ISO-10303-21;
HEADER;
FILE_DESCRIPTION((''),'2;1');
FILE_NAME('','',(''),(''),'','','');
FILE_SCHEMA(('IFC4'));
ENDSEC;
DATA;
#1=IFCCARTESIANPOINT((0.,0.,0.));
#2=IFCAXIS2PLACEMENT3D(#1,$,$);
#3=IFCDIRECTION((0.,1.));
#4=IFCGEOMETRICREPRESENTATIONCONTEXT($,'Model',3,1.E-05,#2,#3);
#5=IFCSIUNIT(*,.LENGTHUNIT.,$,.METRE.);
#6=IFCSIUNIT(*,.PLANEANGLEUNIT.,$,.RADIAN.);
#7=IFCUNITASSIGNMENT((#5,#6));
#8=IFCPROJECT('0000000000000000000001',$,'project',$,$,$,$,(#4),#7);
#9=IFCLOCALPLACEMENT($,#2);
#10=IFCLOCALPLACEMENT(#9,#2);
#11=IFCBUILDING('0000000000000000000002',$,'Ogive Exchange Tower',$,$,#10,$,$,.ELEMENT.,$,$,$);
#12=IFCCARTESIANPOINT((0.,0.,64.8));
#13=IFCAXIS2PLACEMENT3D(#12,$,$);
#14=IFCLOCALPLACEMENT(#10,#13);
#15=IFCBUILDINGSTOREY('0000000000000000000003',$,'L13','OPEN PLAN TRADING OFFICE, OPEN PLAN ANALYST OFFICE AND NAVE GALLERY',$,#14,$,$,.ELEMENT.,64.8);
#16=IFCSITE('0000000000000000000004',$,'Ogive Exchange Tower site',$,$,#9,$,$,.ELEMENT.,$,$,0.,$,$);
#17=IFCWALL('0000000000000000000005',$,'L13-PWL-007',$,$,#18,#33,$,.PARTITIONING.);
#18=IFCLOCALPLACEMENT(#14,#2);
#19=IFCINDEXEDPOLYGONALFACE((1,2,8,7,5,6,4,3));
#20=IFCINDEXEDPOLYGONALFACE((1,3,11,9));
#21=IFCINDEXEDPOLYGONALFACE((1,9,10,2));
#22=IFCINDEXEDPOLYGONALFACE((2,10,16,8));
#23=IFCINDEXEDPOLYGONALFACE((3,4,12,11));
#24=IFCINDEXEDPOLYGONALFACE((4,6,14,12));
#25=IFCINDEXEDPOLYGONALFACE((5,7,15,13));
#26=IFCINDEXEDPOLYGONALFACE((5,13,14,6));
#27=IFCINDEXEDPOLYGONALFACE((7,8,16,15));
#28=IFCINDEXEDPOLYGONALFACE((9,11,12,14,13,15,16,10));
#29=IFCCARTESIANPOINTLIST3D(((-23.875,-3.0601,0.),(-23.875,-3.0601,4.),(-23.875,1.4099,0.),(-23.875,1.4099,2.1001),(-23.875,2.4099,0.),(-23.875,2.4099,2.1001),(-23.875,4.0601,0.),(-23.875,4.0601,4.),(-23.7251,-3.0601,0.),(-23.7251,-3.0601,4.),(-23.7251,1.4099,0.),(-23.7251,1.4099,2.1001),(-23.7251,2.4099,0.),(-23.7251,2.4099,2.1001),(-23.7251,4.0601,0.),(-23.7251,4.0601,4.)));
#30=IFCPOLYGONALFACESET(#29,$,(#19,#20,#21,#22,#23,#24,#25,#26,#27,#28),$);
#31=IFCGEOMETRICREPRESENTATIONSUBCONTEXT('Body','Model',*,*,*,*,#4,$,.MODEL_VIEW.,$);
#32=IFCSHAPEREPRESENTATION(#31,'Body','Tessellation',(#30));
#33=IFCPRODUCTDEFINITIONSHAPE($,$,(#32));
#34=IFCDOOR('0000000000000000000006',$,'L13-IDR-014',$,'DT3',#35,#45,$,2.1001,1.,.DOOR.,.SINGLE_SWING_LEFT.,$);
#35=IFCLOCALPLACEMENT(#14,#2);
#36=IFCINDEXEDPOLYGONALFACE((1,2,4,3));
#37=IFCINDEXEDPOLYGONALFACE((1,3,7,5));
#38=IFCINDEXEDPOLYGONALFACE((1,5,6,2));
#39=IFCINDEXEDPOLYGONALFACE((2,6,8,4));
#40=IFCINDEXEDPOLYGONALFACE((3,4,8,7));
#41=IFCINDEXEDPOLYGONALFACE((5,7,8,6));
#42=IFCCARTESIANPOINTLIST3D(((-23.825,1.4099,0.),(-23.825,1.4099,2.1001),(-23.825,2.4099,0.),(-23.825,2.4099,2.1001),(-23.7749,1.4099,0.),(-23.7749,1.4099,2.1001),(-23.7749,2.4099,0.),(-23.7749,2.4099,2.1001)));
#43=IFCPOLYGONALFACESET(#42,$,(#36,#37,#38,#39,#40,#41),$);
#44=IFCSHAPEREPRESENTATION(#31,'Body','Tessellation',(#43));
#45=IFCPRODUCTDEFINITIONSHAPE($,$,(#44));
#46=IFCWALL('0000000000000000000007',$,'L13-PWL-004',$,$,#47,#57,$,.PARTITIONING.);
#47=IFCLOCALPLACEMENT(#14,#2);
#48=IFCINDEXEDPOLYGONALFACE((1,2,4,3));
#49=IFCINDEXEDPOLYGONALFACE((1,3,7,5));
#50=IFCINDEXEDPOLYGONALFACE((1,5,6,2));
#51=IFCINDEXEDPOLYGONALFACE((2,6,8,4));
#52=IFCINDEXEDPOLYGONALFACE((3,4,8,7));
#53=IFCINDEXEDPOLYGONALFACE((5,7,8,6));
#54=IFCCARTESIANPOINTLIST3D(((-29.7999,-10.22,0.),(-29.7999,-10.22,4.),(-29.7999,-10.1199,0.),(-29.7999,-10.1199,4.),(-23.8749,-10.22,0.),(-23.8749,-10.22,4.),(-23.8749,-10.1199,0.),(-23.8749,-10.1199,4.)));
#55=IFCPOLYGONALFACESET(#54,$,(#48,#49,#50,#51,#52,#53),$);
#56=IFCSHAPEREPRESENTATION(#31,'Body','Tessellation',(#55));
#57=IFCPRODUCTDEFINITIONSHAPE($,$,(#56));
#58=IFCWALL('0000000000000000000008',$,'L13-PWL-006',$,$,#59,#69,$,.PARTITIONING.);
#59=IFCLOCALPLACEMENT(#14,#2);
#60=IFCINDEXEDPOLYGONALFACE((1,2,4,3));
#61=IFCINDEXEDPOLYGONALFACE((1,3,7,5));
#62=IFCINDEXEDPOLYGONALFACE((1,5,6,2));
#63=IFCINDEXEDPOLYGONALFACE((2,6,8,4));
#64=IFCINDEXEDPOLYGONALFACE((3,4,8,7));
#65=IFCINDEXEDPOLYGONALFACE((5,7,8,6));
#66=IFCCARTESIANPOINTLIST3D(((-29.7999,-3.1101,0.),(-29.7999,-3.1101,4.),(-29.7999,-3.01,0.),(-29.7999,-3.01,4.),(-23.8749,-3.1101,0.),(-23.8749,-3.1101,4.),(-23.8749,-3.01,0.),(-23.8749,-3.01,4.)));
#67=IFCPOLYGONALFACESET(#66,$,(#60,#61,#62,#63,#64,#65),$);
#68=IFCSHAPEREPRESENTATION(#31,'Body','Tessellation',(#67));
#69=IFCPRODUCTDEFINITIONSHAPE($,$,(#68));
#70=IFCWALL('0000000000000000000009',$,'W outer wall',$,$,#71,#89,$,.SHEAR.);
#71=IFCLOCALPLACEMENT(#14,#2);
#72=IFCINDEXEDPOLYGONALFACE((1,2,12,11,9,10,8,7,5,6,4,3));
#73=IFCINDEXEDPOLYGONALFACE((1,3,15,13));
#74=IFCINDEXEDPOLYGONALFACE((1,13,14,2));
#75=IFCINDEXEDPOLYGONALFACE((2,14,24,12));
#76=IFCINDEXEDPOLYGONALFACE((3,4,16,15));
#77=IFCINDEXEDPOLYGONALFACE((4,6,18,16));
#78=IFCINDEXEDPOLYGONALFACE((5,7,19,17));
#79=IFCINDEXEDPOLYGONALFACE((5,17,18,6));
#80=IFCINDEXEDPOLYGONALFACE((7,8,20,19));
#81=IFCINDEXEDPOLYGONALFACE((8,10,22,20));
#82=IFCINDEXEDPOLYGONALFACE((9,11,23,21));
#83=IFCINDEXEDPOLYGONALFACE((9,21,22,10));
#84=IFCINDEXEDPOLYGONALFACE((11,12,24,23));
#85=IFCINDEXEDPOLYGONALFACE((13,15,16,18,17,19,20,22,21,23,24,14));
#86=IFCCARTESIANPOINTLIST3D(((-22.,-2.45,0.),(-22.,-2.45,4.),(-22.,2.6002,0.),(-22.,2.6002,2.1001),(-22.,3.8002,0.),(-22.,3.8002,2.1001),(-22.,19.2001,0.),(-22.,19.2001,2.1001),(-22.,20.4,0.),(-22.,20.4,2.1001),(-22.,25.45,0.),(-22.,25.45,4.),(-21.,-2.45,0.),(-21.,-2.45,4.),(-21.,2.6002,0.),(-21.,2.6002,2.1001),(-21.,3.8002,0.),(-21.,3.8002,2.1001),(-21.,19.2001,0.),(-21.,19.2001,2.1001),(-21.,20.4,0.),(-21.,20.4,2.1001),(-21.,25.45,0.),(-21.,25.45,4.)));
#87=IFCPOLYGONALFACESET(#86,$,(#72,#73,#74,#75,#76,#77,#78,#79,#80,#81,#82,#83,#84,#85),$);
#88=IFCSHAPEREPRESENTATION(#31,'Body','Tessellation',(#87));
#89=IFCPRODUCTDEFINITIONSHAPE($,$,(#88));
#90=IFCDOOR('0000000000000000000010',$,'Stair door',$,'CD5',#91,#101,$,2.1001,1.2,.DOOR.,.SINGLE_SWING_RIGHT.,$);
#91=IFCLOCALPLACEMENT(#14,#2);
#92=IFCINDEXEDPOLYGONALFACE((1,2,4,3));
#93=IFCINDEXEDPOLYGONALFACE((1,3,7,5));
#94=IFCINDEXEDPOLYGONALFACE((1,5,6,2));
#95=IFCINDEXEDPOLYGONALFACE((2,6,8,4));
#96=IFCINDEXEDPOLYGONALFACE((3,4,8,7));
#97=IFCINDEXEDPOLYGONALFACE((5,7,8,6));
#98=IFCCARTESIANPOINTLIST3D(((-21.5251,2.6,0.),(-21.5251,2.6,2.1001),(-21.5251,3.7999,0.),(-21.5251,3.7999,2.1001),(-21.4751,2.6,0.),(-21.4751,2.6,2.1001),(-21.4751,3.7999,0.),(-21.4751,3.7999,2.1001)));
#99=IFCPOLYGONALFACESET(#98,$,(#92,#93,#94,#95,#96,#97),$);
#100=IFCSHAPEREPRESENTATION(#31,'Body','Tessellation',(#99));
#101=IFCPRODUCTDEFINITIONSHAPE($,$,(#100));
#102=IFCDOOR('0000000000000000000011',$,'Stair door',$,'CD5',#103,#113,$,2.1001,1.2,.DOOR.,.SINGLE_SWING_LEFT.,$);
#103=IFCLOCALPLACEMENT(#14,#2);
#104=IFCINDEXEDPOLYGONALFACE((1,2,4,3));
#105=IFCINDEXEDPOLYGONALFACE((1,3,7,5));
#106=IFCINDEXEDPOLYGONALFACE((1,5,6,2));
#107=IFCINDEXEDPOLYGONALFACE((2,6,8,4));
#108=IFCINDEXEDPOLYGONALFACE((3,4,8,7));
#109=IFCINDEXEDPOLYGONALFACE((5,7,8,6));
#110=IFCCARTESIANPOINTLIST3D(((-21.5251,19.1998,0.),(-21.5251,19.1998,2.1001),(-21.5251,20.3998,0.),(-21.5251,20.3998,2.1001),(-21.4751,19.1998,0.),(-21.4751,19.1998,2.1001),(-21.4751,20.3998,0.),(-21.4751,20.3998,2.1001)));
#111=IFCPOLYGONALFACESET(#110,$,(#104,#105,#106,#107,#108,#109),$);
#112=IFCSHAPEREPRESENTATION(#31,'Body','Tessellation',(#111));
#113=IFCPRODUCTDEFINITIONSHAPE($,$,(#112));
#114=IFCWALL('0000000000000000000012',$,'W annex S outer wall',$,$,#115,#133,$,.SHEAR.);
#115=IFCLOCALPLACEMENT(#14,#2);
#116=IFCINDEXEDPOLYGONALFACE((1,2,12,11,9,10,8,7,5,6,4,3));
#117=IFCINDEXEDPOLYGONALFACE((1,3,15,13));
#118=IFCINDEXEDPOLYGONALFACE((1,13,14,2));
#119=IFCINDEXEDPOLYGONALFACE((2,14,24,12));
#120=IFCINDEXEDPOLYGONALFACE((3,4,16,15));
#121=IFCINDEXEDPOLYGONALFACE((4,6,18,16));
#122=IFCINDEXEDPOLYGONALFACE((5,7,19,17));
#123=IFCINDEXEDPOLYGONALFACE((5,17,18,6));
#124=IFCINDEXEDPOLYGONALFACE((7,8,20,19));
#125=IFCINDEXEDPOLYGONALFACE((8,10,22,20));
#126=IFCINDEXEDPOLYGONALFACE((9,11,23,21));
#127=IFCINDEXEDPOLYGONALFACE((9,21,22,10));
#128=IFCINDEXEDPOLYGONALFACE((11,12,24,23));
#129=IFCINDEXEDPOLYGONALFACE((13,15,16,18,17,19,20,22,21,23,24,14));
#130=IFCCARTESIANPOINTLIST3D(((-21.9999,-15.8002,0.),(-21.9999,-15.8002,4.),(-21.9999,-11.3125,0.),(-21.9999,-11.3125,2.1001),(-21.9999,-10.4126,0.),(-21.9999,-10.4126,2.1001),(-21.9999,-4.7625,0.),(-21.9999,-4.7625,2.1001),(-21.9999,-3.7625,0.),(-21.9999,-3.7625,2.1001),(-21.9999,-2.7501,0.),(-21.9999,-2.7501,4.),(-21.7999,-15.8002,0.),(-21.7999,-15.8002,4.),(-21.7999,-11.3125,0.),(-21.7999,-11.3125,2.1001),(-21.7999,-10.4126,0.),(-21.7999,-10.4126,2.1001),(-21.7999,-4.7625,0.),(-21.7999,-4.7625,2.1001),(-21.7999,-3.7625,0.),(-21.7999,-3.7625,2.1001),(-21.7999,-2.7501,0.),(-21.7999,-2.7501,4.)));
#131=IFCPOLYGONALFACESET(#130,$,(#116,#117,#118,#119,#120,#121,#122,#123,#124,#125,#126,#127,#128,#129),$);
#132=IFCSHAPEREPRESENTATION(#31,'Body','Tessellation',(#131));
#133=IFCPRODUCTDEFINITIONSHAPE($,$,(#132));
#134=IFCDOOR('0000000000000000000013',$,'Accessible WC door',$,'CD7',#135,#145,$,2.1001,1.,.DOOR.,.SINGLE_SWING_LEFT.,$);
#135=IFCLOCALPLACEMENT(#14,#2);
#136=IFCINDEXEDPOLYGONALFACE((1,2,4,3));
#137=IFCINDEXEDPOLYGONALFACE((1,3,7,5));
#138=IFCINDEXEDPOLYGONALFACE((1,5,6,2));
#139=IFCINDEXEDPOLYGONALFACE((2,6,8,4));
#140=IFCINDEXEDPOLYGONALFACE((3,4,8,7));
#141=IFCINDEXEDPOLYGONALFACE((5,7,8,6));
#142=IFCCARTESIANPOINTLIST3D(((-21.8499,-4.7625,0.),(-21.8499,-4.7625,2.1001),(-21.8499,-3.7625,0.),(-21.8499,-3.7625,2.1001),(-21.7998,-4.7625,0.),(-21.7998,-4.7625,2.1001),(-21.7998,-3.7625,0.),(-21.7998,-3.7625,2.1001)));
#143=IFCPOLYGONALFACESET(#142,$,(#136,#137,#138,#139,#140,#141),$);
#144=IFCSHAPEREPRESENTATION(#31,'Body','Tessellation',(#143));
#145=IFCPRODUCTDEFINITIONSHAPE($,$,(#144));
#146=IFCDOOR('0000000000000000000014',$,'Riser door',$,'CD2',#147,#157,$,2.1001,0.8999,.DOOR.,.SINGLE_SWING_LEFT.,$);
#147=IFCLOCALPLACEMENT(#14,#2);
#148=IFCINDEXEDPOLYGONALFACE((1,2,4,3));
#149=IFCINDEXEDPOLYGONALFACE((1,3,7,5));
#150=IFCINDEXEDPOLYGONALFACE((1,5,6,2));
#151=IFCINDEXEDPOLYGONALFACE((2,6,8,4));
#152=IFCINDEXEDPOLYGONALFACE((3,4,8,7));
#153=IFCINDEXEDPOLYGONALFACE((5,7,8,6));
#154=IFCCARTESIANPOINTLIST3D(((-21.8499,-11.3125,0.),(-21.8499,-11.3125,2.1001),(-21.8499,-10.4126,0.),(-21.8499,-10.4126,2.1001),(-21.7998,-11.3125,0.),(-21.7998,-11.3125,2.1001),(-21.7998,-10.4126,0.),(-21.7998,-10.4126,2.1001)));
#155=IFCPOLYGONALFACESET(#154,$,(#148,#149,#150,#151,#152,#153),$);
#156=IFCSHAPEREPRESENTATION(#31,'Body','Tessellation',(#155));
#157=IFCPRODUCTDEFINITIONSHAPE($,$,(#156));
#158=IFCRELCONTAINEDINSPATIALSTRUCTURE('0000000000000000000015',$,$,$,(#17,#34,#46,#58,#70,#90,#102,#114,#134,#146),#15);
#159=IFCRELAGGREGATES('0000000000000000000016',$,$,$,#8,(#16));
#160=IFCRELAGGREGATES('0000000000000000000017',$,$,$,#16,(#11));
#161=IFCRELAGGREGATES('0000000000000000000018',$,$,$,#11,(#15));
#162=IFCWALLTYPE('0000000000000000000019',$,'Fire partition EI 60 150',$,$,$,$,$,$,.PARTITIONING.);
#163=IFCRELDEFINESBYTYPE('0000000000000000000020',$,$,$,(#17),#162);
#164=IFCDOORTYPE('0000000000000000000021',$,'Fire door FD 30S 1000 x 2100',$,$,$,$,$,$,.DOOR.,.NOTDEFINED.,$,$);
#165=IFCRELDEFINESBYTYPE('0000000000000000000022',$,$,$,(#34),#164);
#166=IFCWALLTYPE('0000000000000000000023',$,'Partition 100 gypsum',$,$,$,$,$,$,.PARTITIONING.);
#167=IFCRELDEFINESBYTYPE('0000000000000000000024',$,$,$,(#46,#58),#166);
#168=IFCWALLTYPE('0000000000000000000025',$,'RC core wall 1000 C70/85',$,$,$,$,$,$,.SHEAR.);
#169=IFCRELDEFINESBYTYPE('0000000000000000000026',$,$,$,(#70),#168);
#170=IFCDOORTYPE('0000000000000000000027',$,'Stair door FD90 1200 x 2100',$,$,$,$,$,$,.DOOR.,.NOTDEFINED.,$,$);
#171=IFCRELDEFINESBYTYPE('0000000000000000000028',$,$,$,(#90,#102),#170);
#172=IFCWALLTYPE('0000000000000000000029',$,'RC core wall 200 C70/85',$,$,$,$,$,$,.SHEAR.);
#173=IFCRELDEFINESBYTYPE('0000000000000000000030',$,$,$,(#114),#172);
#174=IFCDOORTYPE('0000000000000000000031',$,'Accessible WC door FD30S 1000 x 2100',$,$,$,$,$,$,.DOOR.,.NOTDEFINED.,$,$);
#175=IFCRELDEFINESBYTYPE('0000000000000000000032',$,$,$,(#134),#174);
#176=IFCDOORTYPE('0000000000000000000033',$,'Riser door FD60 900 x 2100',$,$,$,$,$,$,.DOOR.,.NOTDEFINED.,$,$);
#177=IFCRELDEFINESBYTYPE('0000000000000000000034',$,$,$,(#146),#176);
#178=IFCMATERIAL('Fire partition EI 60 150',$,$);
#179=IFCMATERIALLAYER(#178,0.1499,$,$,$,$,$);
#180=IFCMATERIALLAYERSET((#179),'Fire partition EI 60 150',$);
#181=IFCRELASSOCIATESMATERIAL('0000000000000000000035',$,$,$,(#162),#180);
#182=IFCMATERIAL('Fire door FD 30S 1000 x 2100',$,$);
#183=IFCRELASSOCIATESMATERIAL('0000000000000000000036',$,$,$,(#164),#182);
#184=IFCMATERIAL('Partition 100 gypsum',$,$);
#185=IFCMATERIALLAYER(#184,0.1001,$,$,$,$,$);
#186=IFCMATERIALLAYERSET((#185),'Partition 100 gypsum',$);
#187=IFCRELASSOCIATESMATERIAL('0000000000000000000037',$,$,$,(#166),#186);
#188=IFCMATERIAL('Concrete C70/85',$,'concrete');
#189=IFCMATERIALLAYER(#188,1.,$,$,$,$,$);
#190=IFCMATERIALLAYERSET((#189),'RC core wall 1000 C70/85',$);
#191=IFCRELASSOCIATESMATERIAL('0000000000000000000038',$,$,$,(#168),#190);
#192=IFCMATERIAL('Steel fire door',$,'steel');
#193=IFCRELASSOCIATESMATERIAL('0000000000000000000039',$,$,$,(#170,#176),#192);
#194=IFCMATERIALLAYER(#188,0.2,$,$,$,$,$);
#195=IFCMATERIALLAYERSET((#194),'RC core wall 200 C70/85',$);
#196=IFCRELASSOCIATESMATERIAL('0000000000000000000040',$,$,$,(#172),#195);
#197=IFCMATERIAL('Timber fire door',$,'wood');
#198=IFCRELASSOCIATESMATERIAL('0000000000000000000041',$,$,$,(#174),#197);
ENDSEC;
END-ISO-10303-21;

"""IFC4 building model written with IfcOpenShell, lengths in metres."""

from ifc_helpers import new_model, si_unit, direction, frame, frame_2d, origin, place, context, subcontext, project, spatial, rectangle, extrude, material, layer, layer_set, type_object, element, fill, save


model = new_model("IFC4")

# Units and contexts
model_context = context("Model", 3, precision=1e-05, world=origin(), true_north=direction((0.0, 1.0)))
body_context = subcontext(model_context, "Body", "Model", "MODEL_VIEW")
ifc_project = project(units=[si_unit("LENGTHUNIT", "METRE"), si_unit("PLANEANGLEUNIT", "RADIAN")], contexts=[model_context])

# Site, building, storey
site_placement = place(None, origin())
site = spatial("IfcSite", under=ifc_project, at=site_placement, Name="Ogive Exchange Tower site", CompositionType="ELEMENT", RefElevation=0.0)
building_placement = place(site_placement, origin())
building = spatial("IfcBuilding", under=site, at=building_placement, Name="Ogive Exchange Tower", CompositionType="ELEMENT")
storey_placement = place(building_placement, frame((0.0, 0.0, 64.8)))
storey = spatial("IfcBuildingStorey", under=building, at=storey_placement, Name="L13", Description="OPEN PLAN TRADING OFFICE, OPEN PLAN ANALYST OFFICE AND NAVE GALLERY", CompositionType="ELEMENT", Elevation=64.8)

# Wall, opening, door
ifc_material_1 = material(Name="Fire partition EI 60 150")
ifc_layer_1 = layer(ifc_material_1, 0.1499)
ifc_layer_set_1 = layer_set([ifc_layer_1], Name="Fire partition EI 60 150")
wall_type_1 = type_object("IfcWallType", Name="Fire partition EI 60 150", PredefinedType="PARTITIONING", material=ifc_layer_set_1)
ifc_material_2 = material(Name="Fire door FD 30S 1000 x 2100")
door_type_1 = type_object("IfcDoorType", Name="Fire door FD 30S 1000 x 2100", OperationType="NOTDEFINED", PredefinedType="DOOR", material=ifc_material_2)
wall_1_placement = place(storey_placement, frame((-23.8, -3.0601, 0.0), z_axis=(0.0, 0.0, 1.0), x_axis=(0.0, 1.0, 0.0)))
wall_1 = element("IfcWall", 1, at=wall_1_placement, inside=storey, type_object=wall_type_1, Name="L13-PWL-007", PredefinedType="PARTITIONING", context=body_context, shape_type="SweptSolid", body=[
    extrude(rectangle(XDim=7.1201, YDim=0.1499, at=frame_2d((3.5601, 0.0))), origin(), (0.0, 0.0, 1.0), 4.0),
])
opening_1_placement = place(wall_1_placement, frame((4.47, 0.0, 0.0)))
opening_1 = element("IfcOpeningElement", 2, at=opening_1_placement, cuts=wall_1, PredefinedType="OPENING", context=body_context, shape_type="SweptSolid", body=[
    extrude(rectangle(XDim=1.0, YDim=2.1001, at=frame_2d((0.5, 1.05))), frame((0.0, 0.085, 0.0), z_axis=(0.0, -1.0, 0.0), x_axis=(1.0, 0.0, 0.0)), (0.0, 0.0, 1.0), 0.1699),
])
door_1_placement = place(opening_1_placement, origin())
door_1 = element("IfcDoor", 3, at=door_1_placement, inside=storey, type_object=door_type_1, Name="L13-IDR-014", ObjectType="DT3", OperationType="SINGLE_SWING_LEFT", OverallHeight=2.1001, OverallWidth=1.0, PredefinedType="DOOR", context=body_context, shape_type="SweptSolid", body=[
    extrude(rectangle(XDim=1.0, YDim=2.1001, at=frame_2d((0.5, 1.05))), frame((0.0, 0.0249, 0.0), z_axis=(0.0, -1.0, 0.0), x_axis=(1.0, 0.0, 0.0)), (0.0, 0.0, 1.0), 0.05),
])
fill(opening_1, door_1)

# Walls
ifc_material_3 = material(Name="Partition 100 gypsum")
ifc_layer_2 = layer(ifc_material_3, 0.1001)
ifc_layer_set_2 = layer_set([ifc_layer_2], Name="Partition 100 gypsum")
wall_type_2 = type_object("IfcWallType", Name="Partition 100 gypsum", PredefinedType="PARTITIONING", material=ifc_layer_set_2)
for number, where, z_axis, x_axis, name in (
    (4, (-23.875, -10.1699, 0.0), (0.0, 0.0, 1.0), (-1.0, 0.0, 0.0), "L13-PWL-004"),
    (5, (-23.875, -3.0601, 0.0), (0.0, 0.0, 1.0), (-1.0, 0.0, 0.0), "L13-PWL-006"),
):
    element("IfcWall", number, at=place(storey_placement, frame(where, z_axis=z_axis, x_axis=x_axis)), inside=storey, type_object=wall_type_2, Name=name, PredefinedType="PARTITIONING", context=body_context, shape_type="SweptSolid", body=[
        extrude(rectangle(XDim=5.925, YDim=0.1001, at=frame_2d((2.9624, 0.0))), origin(), (0.0, 0.0, 1.0), 4.0),
    ])

# Walls, openings, doors
ifc_material_4 = material(Name="Concrete C70/85", Category="concrete")
ifc_layer_3 = layer(ifc_material_4, 1.0)
ifc_layer_set_3 = layer_set([ifc_layer_3], Name="RC core wall 1000 C70/85")
wall_type_3 = type_object("IfcWallType", Name="RC core wall 1000 C70/85", PredefinedType="SHEAR", material=ifc_layer_set_3)
wall_2_placement = place(storey_placement, frame((-21.5, -2.45, 0.0), z_axis=(0.0, 0.0, 1.0), x_axis=(0.0, 1.0, 0.0)))
wall_2 = element("IfcWall", 6, at=wall_2_placement, inside=storey, type_object=wall_type_3, Name="W outer wall", PredefinedType="SHEAR", context=body_context, shape_type="SweptSolid", body=[
    extrude(rectangle(XDim=27.8999, YDim=1.0, at=frame_2d((13.95, 0.0))), origin(), (0.0, 0.0, 1.0), 4.0),
])
opening_2_placement = place(wall_2_placement, frame((5.05, 0.0, 0.0)))
opening_2 = element("IfcOpeningElement", 7, at=opening_2_placement, cuts=wall_2, PredefinedType="OPENING", context=body_context, shape_type="SweptSolid", body=[
    extrude(rectangle(XDim=1.2, YDim=2.1001, at=frame_2d((0.6001, 1.05))), frame((0.0, 0.51, 0.0), z_axis=(0.0, -1.0, 0.0), x_axis=(1.0, 0.0, 0.0)), (0.0, 0.0, 1.0), 1.02),
])
opening_3_placement = place(wall_2_placement, frame((21.6499, 0.0, 0.0)))
opening_3 = element("IfcOpeningElement", 8, at=opening_3_placement, cuts=wall_2, PredefinedType="OPENING", context=body_context, shape_type="SweptSolid", body=[
    extrude(rectangle(XDim=1.2, YDim=2.1001, at=frame_2d((0.6001, 1.05))), frame((0.0, 0.51, 0.0), z_axis=(0.0, -1.0, 0.0), x_axis=(1.0, 0.0, 0.0)), (0.0, 0.0, 1.0), 1.02),
])
ifc_material_5 = material(Name="Steel fire door", Category="steel")
door_type_2 = type_object("IfcDoorType", Name="Stair door FD90 1200 x 2100", OperationType="NOTDEFINED", PredefinedType="DOOR", material=ifc_material_5)
door_2_placement = place(opening_2_placement, frame((1.2, 0.0, 0.0), z_axis=(0.0, 0.0, 1.0), x_axis=(-1.0, 0.0, 0.0)))
door_2 = element("IfcDoor", 9, at=door_2_placement, inside=storey, type_object=door_type_2, Name="Stair door", ObjectType="CD5", OperationType="SINGLE_SWING_RIGHT", OverallHeight=2.1001, OverallWidth=1.2, PredefinedType="DOOR", context=body_context, shape_type="SweptSolid", body=[
    extrude(rectangle(XDim=1.2, YDim=2.1001, at=frame_2d((0.6001, 1.05))), frame((0.0, 0.0249, 0.0), z_axis=(0.0, -1.0, 0.0), x_axis=(1.0, 0.0, 0.0)), (0.0, 0.0, 1.0), 0.05),
])
fill(opening_2, door_2)
door_3_placement = place(opening_3_placement, frame((1.2, 0.0, 0.0), z_axis=(0.0, 0.0, 1.0), x_axis=(-1.0, 0.0, 0.0)))
door_3 = element("IfcDoor", 10, at=door_3_placement, inside=storey, type_object=door_type_2, Name="Stair door", ObjectType="CD5", OperationType="SINGLE_SWING_LEFT", OverallHeight=2.1001, OverallWidth=1.2, PredefinedType="DOOR", context=body_context, shape_type="SweptSolid", body=[
    extrude(rectangle(XDim=1.2, YDim=2.1001, at=frame_2d((0.6001, 1.05))), frame((0.0, 0.0249, 0.0), z_axis=(0.0, -1.0, 0.0), x_axis=(1.0, 0.0, 0.0)), (0.0, 0.0, 1.0), 0.05),
])
fill(opening_3, door_3)
ifc_layer_4 = layer(ifc_material_4, 0.2)
ifc_layer_set_4 = layer_set([ifc_layer_4], Name="RC core wall 200 C70/85")
wall_type_4 = type_object("IfcWallType", Name="RC core wall 200 C70/85", PredefinedType="SHEAR", material=ifc_layer_set_4)
wall_3_placement = place(storey_placement, frame((-21.8999, -15.8, 0.0), z_axis=(0.0, 0.0, 1.0), x_axis=(0.0, 1.0, 0.0)))
wall_3 = element("IfcWall", 11, at=wall_3_placement, inside=storey, type_object=wall_type_4, Name="W annex S outer wall", PredefinedType="SHEAR", context=body_context, shape_type="SweptSolid", body=[
    extrude(rectangle(XDim=13.05, YDim=0.2, at=frame_2d((6.5249, 0.0))), origin(), (0.0, 0.0, 1.0), 4.0),
])
opening_4_placement = place(wall_3_placement, frame((4.4875, 0.0, 0.0)))
opening_4 = element("IfcOpeningElement", 12, at=opening_4_placement, cuts=wall_3, PredefinedType="OPENING", context=body_context, shape_type="SweptSolid", body=[
    extrude(rectangle(XDim=0.8999, YDim=2.1001, at=frame_2d((0.45, 1.05))), frame((0.0, 0.1099, 0.0), z_axis=(0.0, -1.0, 0.0), x_axis=(1.0, 0.0, 0.0)), (0.0, 0.0, 1.0), 0.22),
])
opening_5_placement = place(wall_3_placement, frame((11.0376, 0.0, 0.0)))
opening_5 = element("IfcOpeningElement", 13, at=opening_5_placement, cuts=wall_3, PredefinedType="OPENING", context=body_context, shape_type="SweptSolid", body=[
    extrude(rectangle(XDim=1.0, YDim=2.1001, at=frame_2d((0.5, 1.05))), frame((0.0, 0.1099, 0.0), z_axis=(0.0, -1.0, 0.0), x_axis=(1.0, 0.0, 0.0)), (0.0, 0.0, 1.0), 0.22),
])
ifc_material_6 = material(Name="Timber fire door", Category="wood")
door_type_3 = type_object("IfcDoorType", Name="Accessible WC door FD30S 1000 x 2100", OperationType="NOTDEFINED", PredefinedType="DOOR", material=ifc_material_6)
door_4_placement = place(opening_5_placement, frame((1.0, -0.1499, 0.0), z_axis=(0.0, 0.0, 1.0), x_axis=(-1.0, 0.0, 0.0)))
door_4 = element("IfcDoor", 14, at=door_4_placement, inside=storey, type_object=door_type_3, Name="Accessible WC door", ObjectType="CD7", OperationType="SINGLE_SWING_LEFT", OverallHeight=2.1001, OverallWidth=1.0, PredefinedType="DOOR", context=body_context, shape_type="SweptSolid", body=[
    extrude(rectangle(XDim=1.0, YDim=2.1001, at=frame_2d((0.5, 1.05))), frame((0.0, -0.0498, 0.0), z_axis=(0.0, -1.0, 0.0), x_axis=(1.0, 0.0, 0.0)), (0.0, 0.0, 1.0), 0.05),
])
fill(opening_5, door_4)
door_type_4 = type_object("IfcDoorType", Name="Riser door FD60 900 x 2100", OperationType="NOTDEFINED", PredefinedType="DOOR", material=ifc_material_5)
door_5_placement = place(opening_4_placement, frame((0.8999, -0.1499, 0.0), z_axis=(0.0, 0.0, 1.0), x_axis=(-1.0, 0.0, 0.0)))
door_5 = element("IfcDoor", 15, at=door_5_placement, inside=storey, type_object=door_type_4, Name="Riser door", ObjectType="CD2", OperationType="SINGLE_SWING_LEFT", OverallHeight=2.1001, OverallWidth=0.8999, PredefinedType="DOOR", context=body_context, shape_type="SweptSolid", body=[
    extrude(rectangle(XDim=0.8999, YDim=2.1001, at=frame_2d((0.45, 1.05))), frame((0.0, -0.0498, 0.0), z_axis=(0.0, -1.0, 0.0), x_axis=(1.0, 0.0, 0.0)), (0.0, 0.0, 1.0), 0.05),
])
fill(opening_4, door_5)

save(model, "model.ifc")
